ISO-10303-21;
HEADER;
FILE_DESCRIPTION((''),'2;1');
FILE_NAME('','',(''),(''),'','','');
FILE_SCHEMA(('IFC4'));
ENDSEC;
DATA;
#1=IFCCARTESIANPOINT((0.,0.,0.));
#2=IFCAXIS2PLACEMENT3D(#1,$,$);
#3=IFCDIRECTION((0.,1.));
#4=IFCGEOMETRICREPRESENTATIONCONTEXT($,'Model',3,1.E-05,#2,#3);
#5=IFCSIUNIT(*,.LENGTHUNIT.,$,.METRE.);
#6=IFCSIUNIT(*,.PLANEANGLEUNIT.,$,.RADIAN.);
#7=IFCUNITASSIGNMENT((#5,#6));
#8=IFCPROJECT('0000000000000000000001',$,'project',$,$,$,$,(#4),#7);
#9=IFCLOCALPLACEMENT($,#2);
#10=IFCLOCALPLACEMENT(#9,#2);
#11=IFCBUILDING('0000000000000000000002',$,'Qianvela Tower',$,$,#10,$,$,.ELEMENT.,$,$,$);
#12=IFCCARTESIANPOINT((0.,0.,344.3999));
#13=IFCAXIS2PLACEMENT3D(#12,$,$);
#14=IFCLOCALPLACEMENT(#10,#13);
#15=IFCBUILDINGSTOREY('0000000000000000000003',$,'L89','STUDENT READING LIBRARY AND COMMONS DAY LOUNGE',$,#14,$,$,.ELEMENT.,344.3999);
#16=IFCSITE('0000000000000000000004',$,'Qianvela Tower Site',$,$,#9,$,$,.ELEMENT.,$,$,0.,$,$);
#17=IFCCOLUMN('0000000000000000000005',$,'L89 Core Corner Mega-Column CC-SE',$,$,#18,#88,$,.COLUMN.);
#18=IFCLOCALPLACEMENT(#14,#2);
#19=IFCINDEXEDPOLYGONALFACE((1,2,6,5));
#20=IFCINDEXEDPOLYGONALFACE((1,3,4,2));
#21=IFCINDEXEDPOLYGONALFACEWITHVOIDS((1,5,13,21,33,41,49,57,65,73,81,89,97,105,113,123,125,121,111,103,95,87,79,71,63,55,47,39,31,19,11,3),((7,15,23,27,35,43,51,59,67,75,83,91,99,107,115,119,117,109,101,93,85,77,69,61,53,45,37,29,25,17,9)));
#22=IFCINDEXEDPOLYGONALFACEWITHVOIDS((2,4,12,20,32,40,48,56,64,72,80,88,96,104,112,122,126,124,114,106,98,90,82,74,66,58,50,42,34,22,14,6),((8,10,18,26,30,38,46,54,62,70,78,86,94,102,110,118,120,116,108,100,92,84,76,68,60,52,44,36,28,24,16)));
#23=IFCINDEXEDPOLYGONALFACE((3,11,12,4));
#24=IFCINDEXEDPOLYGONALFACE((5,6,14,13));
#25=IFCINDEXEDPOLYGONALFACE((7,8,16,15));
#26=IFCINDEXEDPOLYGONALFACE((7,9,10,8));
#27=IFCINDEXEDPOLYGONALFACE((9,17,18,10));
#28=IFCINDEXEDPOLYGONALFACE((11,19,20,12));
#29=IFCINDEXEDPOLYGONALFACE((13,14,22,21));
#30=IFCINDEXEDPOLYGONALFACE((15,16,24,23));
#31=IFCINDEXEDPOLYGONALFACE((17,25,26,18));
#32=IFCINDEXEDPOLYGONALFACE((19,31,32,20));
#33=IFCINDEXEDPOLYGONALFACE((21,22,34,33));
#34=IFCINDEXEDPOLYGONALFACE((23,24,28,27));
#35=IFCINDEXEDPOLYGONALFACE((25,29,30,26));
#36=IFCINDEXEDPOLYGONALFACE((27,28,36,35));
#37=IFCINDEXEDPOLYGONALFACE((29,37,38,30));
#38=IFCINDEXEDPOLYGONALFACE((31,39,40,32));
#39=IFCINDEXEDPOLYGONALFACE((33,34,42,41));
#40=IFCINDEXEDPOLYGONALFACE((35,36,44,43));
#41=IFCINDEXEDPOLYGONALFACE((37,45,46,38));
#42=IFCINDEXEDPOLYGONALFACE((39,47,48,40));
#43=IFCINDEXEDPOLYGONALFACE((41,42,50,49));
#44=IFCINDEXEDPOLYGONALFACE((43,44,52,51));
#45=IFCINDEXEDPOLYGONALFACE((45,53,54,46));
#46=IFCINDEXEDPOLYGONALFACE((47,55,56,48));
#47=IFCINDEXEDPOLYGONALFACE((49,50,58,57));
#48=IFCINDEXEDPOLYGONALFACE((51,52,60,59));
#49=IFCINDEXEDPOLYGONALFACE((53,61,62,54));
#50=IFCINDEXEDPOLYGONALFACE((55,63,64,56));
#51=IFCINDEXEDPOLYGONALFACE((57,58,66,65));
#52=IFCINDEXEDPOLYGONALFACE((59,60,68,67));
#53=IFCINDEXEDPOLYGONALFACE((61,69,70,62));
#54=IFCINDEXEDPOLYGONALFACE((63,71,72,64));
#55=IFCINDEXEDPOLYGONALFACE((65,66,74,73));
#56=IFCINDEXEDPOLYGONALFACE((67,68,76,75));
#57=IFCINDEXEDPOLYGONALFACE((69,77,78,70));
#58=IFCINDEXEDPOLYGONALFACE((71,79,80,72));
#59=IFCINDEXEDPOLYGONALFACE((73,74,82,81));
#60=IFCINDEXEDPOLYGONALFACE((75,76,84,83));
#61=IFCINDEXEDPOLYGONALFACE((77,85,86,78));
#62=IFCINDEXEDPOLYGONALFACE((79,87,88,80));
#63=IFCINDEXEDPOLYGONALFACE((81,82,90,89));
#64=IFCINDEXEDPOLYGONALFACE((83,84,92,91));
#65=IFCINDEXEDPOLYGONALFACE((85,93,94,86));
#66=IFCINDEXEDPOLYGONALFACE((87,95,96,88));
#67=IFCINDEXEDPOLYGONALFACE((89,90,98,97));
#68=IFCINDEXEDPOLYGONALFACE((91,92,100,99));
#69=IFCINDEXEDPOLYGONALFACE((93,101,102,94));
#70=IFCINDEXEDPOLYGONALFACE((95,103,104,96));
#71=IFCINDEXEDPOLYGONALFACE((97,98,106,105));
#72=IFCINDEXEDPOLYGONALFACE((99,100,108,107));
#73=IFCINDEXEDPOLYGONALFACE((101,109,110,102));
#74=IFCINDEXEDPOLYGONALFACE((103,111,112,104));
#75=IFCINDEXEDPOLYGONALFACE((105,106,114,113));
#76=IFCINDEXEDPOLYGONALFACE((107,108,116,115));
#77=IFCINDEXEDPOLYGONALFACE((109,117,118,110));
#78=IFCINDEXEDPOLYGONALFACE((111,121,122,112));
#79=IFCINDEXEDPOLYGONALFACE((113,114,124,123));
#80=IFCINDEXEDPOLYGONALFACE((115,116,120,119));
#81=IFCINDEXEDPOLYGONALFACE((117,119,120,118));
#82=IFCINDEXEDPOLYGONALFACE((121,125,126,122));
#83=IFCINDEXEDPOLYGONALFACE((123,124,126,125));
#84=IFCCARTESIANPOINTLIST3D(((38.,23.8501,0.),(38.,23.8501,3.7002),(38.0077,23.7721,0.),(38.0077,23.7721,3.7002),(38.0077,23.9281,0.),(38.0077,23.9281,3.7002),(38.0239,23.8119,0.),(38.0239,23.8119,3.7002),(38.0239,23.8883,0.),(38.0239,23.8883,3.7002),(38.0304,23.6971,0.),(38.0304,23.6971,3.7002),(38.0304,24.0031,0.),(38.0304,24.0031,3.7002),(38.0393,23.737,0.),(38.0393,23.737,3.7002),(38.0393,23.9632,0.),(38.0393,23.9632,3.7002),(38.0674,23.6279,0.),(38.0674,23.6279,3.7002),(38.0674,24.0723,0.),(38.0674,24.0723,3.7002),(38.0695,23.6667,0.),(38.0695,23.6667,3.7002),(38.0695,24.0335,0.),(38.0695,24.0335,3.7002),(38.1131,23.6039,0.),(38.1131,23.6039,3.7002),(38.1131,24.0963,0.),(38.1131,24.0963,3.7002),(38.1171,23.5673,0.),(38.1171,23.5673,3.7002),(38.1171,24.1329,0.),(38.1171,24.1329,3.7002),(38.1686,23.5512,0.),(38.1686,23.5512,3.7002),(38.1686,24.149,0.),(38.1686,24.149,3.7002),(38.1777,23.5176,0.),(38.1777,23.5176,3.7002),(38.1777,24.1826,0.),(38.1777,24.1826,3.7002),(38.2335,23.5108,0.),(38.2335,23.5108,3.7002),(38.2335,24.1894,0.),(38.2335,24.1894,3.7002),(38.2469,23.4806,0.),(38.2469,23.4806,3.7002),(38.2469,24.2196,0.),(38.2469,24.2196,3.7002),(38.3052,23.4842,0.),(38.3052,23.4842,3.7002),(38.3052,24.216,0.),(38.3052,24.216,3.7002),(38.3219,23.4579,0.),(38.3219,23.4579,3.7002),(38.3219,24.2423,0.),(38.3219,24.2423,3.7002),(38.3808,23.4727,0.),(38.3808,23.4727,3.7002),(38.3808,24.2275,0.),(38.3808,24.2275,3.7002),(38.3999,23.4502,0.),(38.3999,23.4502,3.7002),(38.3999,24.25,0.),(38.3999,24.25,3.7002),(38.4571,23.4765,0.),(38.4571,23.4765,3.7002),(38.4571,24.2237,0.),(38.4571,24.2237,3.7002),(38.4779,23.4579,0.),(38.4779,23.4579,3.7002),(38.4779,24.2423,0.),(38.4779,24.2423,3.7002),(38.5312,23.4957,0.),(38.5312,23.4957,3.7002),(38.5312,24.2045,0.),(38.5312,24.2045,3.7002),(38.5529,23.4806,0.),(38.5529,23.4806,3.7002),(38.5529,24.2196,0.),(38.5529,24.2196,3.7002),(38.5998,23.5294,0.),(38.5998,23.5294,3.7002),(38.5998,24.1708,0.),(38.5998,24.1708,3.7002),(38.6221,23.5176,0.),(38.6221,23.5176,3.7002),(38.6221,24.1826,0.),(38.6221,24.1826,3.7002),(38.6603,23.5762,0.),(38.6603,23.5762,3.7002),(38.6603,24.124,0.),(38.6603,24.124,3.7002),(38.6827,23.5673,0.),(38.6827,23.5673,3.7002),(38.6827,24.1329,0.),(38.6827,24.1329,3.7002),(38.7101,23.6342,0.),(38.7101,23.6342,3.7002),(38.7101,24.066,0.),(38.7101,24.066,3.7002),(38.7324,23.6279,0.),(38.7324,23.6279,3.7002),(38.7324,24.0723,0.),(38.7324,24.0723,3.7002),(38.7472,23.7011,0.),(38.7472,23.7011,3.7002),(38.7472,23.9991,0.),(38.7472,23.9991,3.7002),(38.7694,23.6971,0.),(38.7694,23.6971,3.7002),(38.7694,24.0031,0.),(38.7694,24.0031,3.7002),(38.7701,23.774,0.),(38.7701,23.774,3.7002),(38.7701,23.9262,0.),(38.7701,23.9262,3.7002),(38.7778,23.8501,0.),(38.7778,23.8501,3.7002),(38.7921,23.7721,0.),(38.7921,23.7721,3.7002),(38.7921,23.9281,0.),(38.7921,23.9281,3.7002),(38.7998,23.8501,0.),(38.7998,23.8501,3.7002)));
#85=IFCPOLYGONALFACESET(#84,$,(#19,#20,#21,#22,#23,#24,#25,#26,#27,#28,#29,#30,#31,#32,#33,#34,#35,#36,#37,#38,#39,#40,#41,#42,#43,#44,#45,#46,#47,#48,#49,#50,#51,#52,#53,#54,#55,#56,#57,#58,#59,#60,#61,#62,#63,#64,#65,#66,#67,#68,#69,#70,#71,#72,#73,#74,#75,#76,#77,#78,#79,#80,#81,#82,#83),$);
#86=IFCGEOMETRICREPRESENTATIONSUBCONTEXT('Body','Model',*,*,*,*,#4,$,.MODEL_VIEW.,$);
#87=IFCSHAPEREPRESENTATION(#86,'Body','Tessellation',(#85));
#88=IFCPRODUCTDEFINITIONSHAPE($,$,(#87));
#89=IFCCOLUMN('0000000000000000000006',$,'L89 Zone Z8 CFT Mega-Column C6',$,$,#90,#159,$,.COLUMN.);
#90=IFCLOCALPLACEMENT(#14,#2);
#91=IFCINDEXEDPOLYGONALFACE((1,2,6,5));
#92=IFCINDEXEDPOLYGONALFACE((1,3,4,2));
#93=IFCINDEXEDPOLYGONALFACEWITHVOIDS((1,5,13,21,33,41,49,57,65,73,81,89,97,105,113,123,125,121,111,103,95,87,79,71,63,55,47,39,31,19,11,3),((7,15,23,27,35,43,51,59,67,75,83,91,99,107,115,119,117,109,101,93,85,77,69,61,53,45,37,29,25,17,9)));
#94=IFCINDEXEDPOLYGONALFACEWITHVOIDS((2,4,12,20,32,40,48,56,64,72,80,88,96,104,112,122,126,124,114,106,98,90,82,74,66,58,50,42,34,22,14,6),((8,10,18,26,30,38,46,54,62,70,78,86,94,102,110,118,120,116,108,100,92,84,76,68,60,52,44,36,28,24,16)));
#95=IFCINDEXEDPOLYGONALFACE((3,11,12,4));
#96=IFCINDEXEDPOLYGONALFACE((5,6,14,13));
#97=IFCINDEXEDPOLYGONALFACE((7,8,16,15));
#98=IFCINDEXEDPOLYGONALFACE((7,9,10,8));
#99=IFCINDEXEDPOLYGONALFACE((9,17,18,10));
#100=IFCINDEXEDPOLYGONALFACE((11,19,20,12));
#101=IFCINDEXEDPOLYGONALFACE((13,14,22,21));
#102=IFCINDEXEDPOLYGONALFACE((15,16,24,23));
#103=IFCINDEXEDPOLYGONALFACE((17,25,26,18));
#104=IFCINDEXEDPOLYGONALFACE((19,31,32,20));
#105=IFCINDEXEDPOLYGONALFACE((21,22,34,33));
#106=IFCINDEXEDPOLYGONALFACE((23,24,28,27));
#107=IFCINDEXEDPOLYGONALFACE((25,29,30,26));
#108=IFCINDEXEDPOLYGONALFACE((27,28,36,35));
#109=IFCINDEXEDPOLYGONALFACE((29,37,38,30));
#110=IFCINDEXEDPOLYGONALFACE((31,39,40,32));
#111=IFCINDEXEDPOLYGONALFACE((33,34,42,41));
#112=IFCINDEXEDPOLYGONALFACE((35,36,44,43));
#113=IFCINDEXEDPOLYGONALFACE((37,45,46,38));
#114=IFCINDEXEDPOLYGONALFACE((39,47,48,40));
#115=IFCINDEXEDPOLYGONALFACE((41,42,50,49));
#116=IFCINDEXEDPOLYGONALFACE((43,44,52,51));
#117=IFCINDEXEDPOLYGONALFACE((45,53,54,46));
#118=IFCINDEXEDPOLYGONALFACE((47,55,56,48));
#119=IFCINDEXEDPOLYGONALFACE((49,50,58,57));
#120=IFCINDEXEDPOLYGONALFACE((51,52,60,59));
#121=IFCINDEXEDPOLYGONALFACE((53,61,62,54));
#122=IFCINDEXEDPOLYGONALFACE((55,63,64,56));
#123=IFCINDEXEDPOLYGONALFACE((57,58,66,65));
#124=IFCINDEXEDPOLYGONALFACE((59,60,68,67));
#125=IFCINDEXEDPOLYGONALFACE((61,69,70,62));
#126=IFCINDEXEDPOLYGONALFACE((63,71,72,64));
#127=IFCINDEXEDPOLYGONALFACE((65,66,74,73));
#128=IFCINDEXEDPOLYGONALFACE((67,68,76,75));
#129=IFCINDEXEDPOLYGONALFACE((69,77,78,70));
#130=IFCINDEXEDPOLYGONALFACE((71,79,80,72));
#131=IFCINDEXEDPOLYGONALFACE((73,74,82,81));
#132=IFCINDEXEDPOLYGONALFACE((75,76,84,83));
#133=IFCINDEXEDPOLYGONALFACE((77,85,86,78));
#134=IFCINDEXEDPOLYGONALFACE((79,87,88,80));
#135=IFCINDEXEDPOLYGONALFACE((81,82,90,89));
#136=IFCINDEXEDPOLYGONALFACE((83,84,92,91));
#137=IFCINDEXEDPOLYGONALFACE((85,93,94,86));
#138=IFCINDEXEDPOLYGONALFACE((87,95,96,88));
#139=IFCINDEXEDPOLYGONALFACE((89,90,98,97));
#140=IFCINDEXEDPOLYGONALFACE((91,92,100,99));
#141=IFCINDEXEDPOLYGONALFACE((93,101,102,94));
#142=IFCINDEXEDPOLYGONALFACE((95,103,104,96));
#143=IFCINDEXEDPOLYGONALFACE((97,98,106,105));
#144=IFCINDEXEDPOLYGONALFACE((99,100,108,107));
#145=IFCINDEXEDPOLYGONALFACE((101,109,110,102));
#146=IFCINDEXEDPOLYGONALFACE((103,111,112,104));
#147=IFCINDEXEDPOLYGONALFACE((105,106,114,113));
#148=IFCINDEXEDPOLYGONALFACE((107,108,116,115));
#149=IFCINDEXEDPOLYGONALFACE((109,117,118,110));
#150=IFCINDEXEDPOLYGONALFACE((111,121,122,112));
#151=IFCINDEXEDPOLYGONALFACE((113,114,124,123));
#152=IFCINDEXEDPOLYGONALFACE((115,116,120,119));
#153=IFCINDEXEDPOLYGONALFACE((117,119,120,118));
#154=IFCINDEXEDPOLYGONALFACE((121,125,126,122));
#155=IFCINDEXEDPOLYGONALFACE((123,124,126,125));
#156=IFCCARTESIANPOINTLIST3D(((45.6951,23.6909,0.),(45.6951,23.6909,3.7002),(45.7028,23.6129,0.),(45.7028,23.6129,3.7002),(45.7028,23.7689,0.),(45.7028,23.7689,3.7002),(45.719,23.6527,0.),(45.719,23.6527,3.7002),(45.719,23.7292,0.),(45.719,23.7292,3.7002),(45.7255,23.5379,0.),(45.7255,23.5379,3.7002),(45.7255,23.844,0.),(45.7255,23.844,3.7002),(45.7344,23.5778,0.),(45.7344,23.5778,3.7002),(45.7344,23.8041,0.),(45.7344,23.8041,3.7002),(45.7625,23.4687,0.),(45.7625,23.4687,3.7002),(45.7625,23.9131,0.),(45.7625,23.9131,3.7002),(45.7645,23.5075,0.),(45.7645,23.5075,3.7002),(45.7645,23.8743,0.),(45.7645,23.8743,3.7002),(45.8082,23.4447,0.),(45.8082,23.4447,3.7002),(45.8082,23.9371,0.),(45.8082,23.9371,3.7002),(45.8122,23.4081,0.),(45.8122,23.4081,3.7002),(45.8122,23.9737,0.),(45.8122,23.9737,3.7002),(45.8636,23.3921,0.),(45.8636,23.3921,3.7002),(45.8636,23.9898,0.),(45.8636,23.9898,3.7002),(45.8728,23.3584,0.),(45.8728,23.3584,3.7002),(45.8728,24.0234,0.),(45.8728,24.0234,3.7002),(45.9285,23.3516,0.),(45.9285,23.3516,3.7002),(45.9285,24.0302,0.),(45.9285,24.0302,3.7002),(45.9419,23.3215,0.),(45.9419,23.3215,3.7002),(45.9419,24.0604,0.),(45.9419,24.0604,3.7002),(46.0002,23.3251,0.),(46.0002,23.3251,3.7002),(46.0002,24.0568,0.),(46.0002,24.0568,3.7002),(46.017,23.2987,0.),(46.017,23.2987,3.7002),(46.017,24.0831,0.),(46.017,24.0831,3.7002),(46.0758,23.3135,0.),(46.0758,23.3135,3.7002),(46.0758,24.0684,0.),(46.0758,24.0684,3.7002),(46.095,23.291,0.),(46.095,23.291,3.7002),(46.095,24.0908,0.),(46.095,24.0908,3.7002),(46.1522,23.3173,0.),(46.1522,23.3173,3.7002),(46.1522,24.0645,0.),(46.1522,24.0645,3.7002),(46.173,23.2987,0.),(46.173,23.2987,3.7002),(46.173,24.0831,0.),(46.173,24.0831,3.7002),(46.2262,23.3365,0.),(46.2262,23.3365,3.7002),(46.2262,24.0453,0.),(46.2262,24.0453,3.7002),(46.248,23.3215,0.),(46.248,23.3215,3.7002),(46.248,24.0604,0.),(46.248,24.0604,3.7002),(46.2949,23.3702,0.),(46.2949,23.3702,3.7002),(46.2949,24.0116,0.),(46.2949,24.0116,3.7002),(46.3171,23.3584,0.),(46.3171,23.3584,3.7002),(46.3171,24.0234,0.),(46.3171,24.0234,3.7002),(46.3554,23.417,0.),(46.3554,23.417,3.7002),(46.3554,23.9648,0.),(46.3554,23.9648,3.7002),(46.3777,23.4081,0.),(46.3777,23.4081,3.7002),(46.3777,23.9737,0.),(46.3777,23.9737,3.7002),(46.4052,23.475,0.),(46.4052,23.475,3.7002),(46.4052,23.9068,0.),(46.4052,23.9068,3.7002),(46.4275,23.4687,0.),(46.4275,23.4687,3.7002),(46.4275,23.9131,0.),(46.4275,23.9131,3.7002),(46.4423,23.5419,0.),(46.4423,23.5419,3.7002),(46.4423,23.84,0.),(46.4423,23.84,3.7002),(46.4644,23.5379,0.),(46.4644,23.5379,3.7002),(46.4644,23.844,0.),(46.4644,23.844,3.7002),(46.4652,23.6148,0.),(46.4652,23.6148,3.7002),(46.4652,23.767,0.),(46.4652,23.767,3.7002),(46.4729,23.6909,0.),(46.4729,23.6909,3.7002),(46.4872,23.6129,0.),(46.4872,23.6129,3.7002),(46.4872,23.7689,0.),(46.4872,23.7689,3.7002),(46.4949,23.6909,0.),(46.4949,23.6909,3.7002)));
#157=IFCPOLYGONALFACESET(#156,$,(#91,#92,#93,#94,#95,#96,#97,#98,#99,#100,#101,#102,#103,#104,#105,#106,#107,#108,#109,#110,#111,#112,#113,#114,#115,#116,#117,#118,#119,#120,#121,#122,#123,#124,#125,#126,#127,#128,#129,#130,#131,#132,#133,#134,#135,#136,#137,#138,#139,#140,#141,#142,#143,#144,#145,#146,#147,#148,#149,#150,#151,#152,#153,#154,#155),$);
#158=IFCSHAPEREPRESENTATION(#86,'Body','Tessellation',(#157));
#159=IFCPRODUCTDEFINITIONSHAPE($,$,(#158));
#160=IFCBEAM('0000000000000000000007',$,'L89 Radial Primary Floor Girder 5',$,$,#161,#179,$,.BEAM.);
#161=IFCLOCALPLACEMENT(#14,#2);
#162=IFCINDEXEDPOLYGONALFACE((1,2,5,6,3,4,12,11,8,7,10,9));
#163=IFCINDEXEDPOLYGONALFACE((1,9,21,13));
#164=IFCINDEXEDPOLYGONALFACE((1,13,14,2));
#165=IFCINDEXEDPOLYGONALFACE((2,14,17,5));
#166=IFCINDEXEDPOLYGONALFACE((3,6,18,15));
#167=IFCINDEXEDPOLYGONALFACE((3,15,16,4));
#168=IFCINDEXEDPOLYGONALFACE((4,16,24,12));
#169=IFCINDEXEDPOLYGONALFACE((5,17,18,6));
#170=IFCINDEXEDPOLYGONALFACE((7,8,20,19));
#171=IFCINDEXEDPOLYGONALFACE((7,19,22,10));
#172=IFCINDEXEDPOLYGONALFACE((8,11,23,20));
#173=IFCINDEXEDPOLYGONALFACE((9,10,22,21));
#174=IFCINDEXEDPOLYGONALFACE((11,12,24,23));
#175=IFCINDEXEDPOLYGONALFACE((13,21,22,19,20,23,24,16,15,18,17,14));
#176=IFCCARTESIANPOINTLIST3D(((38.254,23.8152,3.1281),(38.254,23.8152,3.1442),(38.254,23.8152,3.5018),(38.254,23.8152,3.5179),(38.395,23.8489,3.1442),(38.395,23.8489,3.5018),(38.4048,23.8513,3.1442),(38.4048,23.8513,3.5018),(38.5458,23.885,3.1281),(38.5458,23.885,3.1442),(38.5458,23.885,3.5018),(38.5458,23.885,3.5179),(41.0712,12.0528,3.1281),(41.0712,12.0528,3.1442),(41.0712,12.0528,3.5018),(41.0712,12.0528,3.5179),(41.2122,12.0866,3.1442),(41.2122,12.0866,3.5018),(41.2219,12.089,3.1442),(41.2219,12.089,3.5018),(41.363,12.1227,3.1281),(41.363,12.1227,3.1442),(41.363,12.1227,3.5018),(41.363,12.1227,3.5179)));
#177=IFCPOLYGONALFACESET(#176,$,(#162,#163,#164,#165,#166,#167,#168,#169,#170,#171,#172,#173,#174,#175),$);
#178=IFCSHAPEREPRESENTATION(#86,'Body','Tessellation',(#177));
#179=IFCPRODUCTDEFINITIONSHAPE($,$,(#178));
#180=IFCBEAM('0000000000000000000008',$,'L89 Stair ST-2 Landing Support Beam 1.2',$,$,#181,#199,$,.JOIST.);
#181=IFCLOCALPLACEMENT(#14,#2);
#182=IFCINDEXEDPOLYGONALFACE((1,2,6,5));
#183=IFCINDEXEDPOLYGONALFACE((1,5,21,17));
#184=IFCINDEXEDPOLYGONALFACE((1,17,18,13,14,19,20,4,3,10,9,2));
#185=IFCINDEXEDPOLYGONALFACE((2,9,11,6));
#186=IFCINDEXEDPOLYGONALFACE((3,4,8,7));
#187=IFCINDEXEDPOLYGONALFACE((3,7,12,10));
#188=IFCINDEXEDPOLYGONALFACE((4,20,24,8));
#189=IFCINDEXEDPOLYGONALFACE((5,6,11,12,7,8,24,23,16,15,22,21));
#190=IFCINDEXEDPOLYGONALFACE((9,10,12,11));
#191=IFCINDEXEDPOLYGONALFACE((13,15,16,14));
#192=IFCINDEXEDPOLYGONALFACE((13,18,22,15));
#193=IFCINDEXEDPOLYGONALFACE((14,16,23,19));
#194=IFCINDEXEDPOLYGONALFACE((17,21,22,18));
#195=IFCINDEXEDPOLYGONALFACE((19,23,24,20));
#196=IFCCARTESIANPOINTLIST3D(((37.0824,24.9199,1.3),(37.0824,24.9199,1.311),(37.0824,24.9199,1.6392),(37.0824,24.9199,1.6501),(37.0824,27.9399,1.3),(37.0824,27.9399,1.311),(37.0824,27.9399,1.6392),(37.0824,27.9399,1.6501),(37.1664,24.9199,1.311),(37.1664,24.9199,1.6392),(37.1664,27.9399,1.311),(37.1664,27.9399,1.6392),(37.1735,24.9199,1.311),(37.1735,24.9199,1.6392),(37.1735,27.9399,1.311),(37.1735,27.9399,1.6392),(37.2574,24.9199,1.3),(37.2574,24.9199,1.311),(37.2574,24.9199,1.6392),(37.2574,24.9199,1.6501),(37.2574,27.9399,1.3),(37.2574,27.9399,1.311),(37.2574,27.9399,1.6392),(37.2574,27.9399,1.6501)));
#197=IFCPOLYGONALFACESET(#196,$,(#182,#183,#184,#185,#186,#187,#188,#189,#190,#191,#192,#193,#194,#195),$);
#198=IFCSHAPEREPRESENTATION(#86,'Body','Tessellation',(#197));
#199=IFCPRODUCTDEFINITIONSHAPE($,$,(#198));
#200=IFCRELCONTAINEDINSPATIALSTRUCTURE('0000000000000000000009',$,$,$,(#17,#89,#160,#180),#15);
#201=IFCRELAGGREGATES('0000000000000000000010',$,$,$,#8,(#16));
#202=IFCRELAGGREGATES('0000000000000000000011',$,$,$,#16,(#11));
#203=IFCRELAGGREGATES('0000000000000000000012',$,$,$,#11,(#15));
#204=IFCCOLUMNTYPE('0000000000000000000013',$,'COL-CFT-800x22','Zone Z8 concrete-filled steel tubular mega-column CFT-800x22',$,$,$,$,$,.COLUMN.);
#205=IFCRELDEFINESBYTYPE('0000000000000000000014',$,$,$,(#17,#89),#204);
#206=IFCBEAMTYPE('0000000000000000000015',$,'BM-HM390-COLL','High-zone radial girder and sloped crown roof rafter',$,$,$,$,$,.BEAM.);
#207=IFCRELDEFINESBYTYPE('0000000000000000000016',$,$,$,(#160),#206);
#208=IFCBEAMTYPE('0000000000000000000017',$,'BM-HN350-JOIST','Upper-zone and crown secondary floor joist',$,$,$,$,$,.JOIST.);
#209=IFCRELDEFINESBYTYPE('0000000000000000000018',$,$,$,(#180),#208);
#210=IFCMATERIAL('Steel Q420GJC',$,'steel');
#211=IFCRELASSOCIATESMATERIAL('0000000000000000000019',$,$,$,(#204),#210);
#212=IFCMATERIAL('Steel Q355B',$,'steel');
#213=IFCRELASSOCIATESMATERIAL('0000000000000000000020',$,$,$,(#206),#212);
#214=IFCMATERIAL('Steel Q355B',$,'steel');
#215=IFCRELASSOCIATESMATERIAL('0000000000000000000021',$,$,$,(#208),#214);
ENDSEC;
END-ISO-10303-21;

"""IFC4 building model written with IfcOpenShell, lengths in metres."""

from ifc_helpers import new_model, si_unit, direction, frame, origin, origin_2d, place, context, subcontext, project, spatial, hollow_circle, i_section, extrude, material, material_profile, profile_set, type_object, element, save


model = new_model("IFC4")

# Units and contexts
model_context = context("Model", 3, precision=1e-05, world=origin(), true_north=direction((0.0, 1.0)))
body_context = subcontext(model_context, "Body", "Model", "MODEL_VIEW")
ifc_project = project(units=[si_unit("LENGTHUNIT", "METRE"), si_unit("PLANEANGLEUNIT", "RADIAN")], contexts=[model_context])

# Site, building, storey
site_placement = place(None, origin())
site = spatial("IfcSite", under=ifc_project, at=site_placement, Name="Qianvela Tower Site", CompositionType="ELEMENT", RefElevation=0.0)
building_placement = place(site_placement, origin())
building = spatial("IfcBuilding", under=site, at=building_placement, Name="Qianvela Tower", CompositionType="ELEMENT")
storey_placement = place(building_placement, frame((0.0, 0.0, 344.3999)))
storey = spatial("IfcBuildingStorey", under=building, at=storey_placement, Name="L89", Description="STUDENT READING LIBRARY AND COMMONS DAY LOUNGE", CompositionType="ELEMENT", Elevation=344.3999)

# Columns
ifc_material_1 = material(Name="Steel Q420GJC", Category="steel")
ifc_material_profile_1 = material_profile(ifc_material_1, hollow_circle(Radius=0.3999, WallThickness=0.022, at=origin_2d()), Name="CFT-800x22")
ifc_profile_set_1 = profile_set([ifc_material_profile_1], Name="Steel Q420GJC")
column_type = type_object("IfcColumnType", Name="COL-CFT-800x22", Description="Zone Z8 concrete-filled steel tubular mega-column CFT-800x22", PredefinedType="COLUMN", material=ifc_profile_set_1)
for number, where, z_axis, x_axis, name in (
    (1, (38.3999, 23.8501, 0.0), (0.0, 0.0, 1.0), (1.0, 0.0, 0.0), "L89 Core Corner Mega-Column CC-SE"),
    (2, (46.095, 23.6909, 0.0), (0.0, 0.0, 1.0), (1.0, 0.0, 0.0), "L89 Zone Z8 CFT Mega-Column C6"),
):
    element("IfcColumn", number, at=place(storey_placement, frame(where, z_axis=z_axis, x_axis=x_axis)), inside=storey, type_object=column_type, Name=name, PredefinedType="COLUMN", context=body_context, shape_type="SweptSolid", body=[
        extrude(hollow_circle(Radius=0.3999, WallThickness=0.022, at=origin_2d()), origin(), (0.0, 0.0, 1.0), 3.7002),
    ])

# Beams
ifc_material_2 = material(Name="Steel Q355B", Category="steel")
ifc_material_profile_2 = material_profile(ifc_material_2, i_section(OverallWidth=0.3, OverallDepth=0.3899, WebThickness=0.01, FlangeThickness=0.0161, at=origin_2d()), Name="HM390x300x10x16")
ifc_profile_set_2 = profile_set([ifc_material_profile_2], Name="Steel Q355B")
beam_type_1 = type_object("IfcBeamType", Name="BM-HM390-COLL", Description="High-zone radial girder and sloped crown roof rafter", PredefinedType="BEAM", material=ifc_profile_set_2)
beam_1_placement = place(storey_placement, frame((38.3999, 23.8501, 3.323), z_axis=(0.23292, -0.972496, 0.0), x_axis=(0.972496, 0.23292, 0.0)))
element("IfcBeam", 3, at=beam_1_placement, inside=storey, type_object=beam_type_1, Name="L89 Radial Primary Floor Girder 5", PredefinedType="BEAM", context=body_context, shape_type="SweptSolid", body=[
    extrude(i_section(OverallWidth=0.3, OverallDepth=0.3899, WebThickness=0.01, FlangeThickness=0.0161, at=origin_2d()), origin(), (0.0, 0.0, 1.0), 12.095),
])
ifc_material_3 = material(Name="Steel Q355B", Category="steel")
ifc_material_profile_3 = material_profile(ifc_material_3, i_section(OverallWidth=0.175, OverallDepth=0.3501, WebThickness=0.0071, FlangeThickness=0.011, at=origin_2d()), Name="HN350x175x7x11")
ifc_profile_set_3 = profile_set([ifc_material_profile_3], Name="Steel Q355B")
beam_type_2 = type_object("IfcBeamType", Name="BM-HN350-JOIST", Description="Upper-zone and crown secondary floor joist", PredefinedType="JOIST", material=ifc_profile_set_3)
beam_2_placement = place(storey_placement, frame((37.1699, 24.9199, 1.4751), z_axis=(0.0, 1.0, 0.0), x_axis=(-1.0, 0.0, 0.0)))
element("IfcBeam", 4, at=beam_2_placement, inside=storey, type_object=beam_type_2, Name="L89 Stair ST-2 Landing Support Beam 1.2", PredefinedType="JOIST", context=body_context, shape_type="SweptSolid", body=[
    extrude(i_section(OverallWidth=0.175, OverallDepth=0.3501, WebThickness=0.0071, FlangeThickness=0.011, at=origin_2d()), origin(), (0.0, 0.0, 1.0), 3.02),
])

save(model, "model.ifc")
